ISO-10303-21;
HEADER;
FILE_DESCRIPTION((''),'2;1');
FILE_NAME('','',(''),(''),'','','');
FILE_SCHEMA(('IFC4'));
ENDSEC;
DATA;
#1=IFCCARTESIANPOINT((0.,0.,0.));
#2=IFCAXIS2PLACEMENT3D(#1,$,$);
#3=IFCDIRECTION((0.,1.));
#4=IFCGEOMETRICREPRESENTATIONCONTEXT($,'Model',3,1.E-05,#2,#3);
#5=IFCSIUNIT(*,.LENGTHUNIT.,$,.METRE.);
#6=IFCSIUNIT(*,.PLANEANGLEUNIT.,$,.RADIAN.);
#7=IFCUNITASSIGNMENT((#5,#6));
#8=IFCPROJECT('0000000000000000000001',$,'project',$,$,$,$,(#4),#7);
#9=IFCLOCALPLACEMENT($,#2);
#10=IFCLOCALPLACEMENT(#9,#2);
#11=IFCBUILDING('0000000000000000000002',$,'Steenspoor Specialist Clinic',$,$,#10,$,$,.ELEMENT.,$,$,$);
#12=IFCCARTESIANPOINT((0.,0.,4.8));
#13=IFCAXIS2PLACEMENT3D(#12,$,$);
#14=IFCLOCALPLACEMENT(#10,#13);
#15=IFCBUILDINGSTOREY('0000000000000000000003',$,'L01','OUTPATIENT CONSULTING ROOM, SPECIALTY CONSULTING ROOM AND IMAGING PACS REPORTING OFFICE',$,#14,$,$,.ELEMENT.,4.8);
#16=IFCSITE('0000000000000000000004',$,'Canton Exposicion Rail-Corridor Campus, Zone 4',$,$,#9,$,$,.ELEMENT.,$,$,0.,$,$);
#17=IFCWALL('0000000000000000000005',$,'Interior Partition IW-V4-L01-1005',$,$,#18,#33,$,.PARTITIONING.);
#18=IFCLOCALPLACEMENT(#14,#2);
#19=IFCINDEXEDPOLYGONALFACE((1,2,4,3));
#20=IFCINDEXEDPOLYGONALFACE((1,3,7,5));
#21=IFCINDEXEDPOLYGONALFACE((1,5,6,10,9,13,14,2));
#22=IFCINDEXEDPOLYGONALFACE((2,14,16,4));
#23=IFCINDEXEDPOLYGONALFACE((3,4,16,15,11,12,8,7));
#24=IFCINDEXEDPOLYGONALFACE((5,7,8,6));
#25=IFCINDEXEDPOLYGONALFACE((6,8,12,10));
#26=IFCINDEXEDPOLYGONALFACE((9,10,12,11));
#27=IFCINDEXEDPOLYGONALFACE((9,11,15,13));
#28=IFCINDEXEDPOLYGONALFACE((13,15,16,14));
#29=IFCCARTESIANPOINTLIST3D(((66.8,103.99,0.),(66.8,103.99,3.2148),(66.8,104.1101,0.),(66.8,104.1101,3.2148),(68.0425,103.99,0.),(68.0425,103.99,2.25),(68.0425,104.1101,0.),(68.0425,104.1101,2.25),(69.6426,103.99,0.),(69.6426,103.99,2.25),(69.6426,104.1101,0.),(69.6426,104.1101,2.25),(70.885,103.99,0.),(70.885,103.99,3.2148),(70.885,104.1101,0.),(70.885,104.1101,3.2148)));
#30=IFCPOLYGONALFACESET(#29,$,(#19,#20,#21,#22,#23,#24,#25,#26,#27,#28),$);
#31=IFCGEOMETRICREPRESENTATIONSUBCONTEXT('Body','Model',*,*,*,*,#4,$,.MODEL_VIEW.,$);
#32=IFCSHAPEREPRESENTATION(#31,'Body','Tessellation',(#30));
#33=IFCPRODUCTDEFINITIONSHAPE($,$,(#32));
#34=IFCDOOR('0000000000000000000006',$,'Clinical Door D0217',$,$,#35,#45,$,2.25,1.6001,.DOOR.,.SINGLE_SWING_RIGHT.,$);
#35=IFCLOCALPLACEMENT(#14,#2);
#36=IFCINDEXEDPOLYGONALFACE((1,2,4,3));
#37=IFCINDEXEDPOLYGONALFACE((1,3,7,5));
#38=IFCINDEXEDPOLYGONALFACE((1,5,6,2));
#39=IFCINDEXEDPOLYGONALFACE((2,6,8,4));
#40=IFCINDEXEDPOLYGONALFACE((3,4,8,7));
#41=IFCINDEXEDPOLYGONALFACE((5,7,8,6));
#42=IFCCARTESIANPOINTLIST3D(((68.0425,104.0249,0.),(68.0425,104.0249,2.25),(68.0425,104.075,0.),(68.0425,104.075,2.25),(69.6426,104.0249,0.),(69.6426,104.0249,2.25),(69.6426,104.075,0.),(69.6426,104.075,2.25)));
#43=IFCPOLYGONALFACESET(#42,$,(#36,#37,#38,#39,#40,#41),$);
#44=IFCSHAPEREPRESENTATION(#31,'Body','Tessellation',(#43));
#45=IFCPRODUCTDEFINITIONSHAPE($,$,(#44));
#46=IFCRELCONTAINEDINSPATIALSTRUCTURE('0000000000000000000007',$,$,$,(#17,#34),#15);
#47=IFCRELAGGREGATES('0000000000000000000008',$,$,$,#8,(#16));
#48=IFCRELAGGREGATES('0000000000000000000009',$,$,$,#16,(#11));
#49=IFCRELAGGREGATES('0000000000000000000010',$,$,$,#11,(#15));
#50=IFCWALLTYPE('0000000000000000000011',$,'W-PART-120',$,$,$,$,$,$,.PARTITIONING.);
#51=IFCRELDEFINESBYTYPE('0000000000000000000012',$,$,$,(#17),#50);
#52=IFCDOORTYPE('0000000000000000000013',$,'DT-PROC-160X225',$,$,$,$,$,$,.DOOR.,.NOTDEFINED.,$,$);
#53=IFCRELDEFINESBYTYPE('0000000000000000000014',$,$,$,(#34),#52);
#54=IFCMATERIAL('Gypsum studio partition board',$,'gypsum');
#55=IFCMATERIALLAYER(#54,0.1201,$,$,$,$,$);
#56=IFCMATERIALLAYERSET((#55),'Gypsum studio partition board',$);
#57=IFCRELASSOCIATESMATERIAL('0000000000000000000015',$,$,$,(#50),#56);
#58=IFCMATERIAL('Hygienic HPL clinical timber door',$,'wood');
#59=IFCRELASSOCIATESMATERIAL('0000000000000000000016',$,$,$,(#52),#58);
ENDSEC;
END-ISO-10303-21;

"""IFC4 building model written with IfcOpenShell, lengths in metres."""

from ifc_helpers import new_model, si_unit, direction, frame, frame_2d, origin, place, context, subcontext, project, spatial, rectangle, extrude, material, layer, layer_set, type_object, element, fill, save


model = new_model("IFC4")

# Units and contexts
model_context = context("Model", 3, precision=1e-05, world=origin(), true_north=direction((0.0, 1.0)))
body_context = subcontext(model_context, "Body", "Model", "MODEL_VIEW")
ifc_project = project(units=[si_unit("LENGTHUNIT", "METRE"), si_unit("PLANEANGLEUNIT", "RADIAN")], contexts=[model_context])

# Site, building, storey
site_placement = place(None, origin())
site = spatial("IfcSite", under=ifc_project, at=site_placement, Name="Canton Exposicion Rail-Corridor Campus, Zone 4", CompositionType="ELEMENT", RefElevation=0.0)
building_placement = place(site_placement, origin())
building = spatial("IfcBuilding", under=site, at=building_placement, Name="Steenspoor Specialist Clinic", CompositionType="ELEMENT")
storey_placement = place(building_placement, frame((0.0, 0.0, 4.8)))
storey = spatial("IfcBuildingStorey", under=building, at=storey_placement, Name="L01", Description="OUTPATIENT CONSULTING ROOM, SPECIALTY CONSULTING ROOM AND IMAGING PACS REPORTING OFFICE", CompositionType="ELEMENT", Elevation=4.8)

# Wall, opening, door
ifc_material_1 = material(Name="Gypsum studio partition board", Category="gypsum")
ifc_layer_1 = layer(ifc_material_1, 0.1201)
ifc_layer_set_1 = layer_set([ifc_layer_1], Name="Gypsum studio partition board")
wall_type = type_object("IfcWallType", Name="W-PART-120", PredefinedType="PARTITIONING", material=ifc_layer_set_1)
wall_placement = place(storey_placement, frame((66.8, 104.05, 0.0), z_axis=(0.0, 0.0, 1.0), x_axis=(1.0, 0.0, 0.0)))
wall = element("IfcWall", 1, at=wall_placement, inside=storey, type_object=wall_type, Name="Interior Partition IW-V4-L01-1005", PredefinedType="PARTITIONING", context=body_context, shape_type="SweptSolid", body=[
    extrude(rectangle(XDim=4.085, YDim=0.1201, at=frame_2d((2.0425, 0.0))), origin(), (0.0, 0.0, 1.0), 3.2148),
])
opening_placement = place(wall_placement, frame((1.2424, 0.0, 0.0)))
opening = element("IfcOpeningElement", 2, at=opening_placement, cuts=wall, PredefinedType="OPENING", context=body_context, shape_type="SweptSolid", body=[
    extrude(rectangle(XDim=1.6001, YDim=2.25, at=frame_2d((0.8, 1.125))), frame((0.0, 0.0701, 0.0), z_axis=(0.0, -1.0, 0.0), x_axis=(1.0, 0.0, 0.0)), (0.0, 0.0, 1.0), 0.1401),
])
ifc_material_2 = material(Name="Hygienic HPL clinical timber door", Category="wood")
door_type = type_object("IfcDoorType", Name="DT-PROC-160X225", OperationType="NOTDEFINED", PredefinedType="DOOR", material=ifc_material_2)
door_placement = place(opening_placement, origin())
door = element("IfcDoor", 3, at=door_placement, inside=storey, type_object=door_type, Name="Clinical Door D0217", OperationType="SINGLE_SWING_RIGHT", OverallHeight=2.25, OverallWidth=1.6001, PredefinedType="DOOR", context=body_context, shape_type="SweptSolid", body=[
    extrude(rectangle(XDim=1.6001, YDim=2.25, at=frame_2d((0.8, 1.125))), frame((0.0, 0.0249, 0.0), z_axis=(0.0, -1.0, 0.0), x_axis=(1.0, 0.0, 0.0)), (0.0, 0.0, 1.0), 0.05),
])
fill(opening, door)

save(model, "model.ifc")
